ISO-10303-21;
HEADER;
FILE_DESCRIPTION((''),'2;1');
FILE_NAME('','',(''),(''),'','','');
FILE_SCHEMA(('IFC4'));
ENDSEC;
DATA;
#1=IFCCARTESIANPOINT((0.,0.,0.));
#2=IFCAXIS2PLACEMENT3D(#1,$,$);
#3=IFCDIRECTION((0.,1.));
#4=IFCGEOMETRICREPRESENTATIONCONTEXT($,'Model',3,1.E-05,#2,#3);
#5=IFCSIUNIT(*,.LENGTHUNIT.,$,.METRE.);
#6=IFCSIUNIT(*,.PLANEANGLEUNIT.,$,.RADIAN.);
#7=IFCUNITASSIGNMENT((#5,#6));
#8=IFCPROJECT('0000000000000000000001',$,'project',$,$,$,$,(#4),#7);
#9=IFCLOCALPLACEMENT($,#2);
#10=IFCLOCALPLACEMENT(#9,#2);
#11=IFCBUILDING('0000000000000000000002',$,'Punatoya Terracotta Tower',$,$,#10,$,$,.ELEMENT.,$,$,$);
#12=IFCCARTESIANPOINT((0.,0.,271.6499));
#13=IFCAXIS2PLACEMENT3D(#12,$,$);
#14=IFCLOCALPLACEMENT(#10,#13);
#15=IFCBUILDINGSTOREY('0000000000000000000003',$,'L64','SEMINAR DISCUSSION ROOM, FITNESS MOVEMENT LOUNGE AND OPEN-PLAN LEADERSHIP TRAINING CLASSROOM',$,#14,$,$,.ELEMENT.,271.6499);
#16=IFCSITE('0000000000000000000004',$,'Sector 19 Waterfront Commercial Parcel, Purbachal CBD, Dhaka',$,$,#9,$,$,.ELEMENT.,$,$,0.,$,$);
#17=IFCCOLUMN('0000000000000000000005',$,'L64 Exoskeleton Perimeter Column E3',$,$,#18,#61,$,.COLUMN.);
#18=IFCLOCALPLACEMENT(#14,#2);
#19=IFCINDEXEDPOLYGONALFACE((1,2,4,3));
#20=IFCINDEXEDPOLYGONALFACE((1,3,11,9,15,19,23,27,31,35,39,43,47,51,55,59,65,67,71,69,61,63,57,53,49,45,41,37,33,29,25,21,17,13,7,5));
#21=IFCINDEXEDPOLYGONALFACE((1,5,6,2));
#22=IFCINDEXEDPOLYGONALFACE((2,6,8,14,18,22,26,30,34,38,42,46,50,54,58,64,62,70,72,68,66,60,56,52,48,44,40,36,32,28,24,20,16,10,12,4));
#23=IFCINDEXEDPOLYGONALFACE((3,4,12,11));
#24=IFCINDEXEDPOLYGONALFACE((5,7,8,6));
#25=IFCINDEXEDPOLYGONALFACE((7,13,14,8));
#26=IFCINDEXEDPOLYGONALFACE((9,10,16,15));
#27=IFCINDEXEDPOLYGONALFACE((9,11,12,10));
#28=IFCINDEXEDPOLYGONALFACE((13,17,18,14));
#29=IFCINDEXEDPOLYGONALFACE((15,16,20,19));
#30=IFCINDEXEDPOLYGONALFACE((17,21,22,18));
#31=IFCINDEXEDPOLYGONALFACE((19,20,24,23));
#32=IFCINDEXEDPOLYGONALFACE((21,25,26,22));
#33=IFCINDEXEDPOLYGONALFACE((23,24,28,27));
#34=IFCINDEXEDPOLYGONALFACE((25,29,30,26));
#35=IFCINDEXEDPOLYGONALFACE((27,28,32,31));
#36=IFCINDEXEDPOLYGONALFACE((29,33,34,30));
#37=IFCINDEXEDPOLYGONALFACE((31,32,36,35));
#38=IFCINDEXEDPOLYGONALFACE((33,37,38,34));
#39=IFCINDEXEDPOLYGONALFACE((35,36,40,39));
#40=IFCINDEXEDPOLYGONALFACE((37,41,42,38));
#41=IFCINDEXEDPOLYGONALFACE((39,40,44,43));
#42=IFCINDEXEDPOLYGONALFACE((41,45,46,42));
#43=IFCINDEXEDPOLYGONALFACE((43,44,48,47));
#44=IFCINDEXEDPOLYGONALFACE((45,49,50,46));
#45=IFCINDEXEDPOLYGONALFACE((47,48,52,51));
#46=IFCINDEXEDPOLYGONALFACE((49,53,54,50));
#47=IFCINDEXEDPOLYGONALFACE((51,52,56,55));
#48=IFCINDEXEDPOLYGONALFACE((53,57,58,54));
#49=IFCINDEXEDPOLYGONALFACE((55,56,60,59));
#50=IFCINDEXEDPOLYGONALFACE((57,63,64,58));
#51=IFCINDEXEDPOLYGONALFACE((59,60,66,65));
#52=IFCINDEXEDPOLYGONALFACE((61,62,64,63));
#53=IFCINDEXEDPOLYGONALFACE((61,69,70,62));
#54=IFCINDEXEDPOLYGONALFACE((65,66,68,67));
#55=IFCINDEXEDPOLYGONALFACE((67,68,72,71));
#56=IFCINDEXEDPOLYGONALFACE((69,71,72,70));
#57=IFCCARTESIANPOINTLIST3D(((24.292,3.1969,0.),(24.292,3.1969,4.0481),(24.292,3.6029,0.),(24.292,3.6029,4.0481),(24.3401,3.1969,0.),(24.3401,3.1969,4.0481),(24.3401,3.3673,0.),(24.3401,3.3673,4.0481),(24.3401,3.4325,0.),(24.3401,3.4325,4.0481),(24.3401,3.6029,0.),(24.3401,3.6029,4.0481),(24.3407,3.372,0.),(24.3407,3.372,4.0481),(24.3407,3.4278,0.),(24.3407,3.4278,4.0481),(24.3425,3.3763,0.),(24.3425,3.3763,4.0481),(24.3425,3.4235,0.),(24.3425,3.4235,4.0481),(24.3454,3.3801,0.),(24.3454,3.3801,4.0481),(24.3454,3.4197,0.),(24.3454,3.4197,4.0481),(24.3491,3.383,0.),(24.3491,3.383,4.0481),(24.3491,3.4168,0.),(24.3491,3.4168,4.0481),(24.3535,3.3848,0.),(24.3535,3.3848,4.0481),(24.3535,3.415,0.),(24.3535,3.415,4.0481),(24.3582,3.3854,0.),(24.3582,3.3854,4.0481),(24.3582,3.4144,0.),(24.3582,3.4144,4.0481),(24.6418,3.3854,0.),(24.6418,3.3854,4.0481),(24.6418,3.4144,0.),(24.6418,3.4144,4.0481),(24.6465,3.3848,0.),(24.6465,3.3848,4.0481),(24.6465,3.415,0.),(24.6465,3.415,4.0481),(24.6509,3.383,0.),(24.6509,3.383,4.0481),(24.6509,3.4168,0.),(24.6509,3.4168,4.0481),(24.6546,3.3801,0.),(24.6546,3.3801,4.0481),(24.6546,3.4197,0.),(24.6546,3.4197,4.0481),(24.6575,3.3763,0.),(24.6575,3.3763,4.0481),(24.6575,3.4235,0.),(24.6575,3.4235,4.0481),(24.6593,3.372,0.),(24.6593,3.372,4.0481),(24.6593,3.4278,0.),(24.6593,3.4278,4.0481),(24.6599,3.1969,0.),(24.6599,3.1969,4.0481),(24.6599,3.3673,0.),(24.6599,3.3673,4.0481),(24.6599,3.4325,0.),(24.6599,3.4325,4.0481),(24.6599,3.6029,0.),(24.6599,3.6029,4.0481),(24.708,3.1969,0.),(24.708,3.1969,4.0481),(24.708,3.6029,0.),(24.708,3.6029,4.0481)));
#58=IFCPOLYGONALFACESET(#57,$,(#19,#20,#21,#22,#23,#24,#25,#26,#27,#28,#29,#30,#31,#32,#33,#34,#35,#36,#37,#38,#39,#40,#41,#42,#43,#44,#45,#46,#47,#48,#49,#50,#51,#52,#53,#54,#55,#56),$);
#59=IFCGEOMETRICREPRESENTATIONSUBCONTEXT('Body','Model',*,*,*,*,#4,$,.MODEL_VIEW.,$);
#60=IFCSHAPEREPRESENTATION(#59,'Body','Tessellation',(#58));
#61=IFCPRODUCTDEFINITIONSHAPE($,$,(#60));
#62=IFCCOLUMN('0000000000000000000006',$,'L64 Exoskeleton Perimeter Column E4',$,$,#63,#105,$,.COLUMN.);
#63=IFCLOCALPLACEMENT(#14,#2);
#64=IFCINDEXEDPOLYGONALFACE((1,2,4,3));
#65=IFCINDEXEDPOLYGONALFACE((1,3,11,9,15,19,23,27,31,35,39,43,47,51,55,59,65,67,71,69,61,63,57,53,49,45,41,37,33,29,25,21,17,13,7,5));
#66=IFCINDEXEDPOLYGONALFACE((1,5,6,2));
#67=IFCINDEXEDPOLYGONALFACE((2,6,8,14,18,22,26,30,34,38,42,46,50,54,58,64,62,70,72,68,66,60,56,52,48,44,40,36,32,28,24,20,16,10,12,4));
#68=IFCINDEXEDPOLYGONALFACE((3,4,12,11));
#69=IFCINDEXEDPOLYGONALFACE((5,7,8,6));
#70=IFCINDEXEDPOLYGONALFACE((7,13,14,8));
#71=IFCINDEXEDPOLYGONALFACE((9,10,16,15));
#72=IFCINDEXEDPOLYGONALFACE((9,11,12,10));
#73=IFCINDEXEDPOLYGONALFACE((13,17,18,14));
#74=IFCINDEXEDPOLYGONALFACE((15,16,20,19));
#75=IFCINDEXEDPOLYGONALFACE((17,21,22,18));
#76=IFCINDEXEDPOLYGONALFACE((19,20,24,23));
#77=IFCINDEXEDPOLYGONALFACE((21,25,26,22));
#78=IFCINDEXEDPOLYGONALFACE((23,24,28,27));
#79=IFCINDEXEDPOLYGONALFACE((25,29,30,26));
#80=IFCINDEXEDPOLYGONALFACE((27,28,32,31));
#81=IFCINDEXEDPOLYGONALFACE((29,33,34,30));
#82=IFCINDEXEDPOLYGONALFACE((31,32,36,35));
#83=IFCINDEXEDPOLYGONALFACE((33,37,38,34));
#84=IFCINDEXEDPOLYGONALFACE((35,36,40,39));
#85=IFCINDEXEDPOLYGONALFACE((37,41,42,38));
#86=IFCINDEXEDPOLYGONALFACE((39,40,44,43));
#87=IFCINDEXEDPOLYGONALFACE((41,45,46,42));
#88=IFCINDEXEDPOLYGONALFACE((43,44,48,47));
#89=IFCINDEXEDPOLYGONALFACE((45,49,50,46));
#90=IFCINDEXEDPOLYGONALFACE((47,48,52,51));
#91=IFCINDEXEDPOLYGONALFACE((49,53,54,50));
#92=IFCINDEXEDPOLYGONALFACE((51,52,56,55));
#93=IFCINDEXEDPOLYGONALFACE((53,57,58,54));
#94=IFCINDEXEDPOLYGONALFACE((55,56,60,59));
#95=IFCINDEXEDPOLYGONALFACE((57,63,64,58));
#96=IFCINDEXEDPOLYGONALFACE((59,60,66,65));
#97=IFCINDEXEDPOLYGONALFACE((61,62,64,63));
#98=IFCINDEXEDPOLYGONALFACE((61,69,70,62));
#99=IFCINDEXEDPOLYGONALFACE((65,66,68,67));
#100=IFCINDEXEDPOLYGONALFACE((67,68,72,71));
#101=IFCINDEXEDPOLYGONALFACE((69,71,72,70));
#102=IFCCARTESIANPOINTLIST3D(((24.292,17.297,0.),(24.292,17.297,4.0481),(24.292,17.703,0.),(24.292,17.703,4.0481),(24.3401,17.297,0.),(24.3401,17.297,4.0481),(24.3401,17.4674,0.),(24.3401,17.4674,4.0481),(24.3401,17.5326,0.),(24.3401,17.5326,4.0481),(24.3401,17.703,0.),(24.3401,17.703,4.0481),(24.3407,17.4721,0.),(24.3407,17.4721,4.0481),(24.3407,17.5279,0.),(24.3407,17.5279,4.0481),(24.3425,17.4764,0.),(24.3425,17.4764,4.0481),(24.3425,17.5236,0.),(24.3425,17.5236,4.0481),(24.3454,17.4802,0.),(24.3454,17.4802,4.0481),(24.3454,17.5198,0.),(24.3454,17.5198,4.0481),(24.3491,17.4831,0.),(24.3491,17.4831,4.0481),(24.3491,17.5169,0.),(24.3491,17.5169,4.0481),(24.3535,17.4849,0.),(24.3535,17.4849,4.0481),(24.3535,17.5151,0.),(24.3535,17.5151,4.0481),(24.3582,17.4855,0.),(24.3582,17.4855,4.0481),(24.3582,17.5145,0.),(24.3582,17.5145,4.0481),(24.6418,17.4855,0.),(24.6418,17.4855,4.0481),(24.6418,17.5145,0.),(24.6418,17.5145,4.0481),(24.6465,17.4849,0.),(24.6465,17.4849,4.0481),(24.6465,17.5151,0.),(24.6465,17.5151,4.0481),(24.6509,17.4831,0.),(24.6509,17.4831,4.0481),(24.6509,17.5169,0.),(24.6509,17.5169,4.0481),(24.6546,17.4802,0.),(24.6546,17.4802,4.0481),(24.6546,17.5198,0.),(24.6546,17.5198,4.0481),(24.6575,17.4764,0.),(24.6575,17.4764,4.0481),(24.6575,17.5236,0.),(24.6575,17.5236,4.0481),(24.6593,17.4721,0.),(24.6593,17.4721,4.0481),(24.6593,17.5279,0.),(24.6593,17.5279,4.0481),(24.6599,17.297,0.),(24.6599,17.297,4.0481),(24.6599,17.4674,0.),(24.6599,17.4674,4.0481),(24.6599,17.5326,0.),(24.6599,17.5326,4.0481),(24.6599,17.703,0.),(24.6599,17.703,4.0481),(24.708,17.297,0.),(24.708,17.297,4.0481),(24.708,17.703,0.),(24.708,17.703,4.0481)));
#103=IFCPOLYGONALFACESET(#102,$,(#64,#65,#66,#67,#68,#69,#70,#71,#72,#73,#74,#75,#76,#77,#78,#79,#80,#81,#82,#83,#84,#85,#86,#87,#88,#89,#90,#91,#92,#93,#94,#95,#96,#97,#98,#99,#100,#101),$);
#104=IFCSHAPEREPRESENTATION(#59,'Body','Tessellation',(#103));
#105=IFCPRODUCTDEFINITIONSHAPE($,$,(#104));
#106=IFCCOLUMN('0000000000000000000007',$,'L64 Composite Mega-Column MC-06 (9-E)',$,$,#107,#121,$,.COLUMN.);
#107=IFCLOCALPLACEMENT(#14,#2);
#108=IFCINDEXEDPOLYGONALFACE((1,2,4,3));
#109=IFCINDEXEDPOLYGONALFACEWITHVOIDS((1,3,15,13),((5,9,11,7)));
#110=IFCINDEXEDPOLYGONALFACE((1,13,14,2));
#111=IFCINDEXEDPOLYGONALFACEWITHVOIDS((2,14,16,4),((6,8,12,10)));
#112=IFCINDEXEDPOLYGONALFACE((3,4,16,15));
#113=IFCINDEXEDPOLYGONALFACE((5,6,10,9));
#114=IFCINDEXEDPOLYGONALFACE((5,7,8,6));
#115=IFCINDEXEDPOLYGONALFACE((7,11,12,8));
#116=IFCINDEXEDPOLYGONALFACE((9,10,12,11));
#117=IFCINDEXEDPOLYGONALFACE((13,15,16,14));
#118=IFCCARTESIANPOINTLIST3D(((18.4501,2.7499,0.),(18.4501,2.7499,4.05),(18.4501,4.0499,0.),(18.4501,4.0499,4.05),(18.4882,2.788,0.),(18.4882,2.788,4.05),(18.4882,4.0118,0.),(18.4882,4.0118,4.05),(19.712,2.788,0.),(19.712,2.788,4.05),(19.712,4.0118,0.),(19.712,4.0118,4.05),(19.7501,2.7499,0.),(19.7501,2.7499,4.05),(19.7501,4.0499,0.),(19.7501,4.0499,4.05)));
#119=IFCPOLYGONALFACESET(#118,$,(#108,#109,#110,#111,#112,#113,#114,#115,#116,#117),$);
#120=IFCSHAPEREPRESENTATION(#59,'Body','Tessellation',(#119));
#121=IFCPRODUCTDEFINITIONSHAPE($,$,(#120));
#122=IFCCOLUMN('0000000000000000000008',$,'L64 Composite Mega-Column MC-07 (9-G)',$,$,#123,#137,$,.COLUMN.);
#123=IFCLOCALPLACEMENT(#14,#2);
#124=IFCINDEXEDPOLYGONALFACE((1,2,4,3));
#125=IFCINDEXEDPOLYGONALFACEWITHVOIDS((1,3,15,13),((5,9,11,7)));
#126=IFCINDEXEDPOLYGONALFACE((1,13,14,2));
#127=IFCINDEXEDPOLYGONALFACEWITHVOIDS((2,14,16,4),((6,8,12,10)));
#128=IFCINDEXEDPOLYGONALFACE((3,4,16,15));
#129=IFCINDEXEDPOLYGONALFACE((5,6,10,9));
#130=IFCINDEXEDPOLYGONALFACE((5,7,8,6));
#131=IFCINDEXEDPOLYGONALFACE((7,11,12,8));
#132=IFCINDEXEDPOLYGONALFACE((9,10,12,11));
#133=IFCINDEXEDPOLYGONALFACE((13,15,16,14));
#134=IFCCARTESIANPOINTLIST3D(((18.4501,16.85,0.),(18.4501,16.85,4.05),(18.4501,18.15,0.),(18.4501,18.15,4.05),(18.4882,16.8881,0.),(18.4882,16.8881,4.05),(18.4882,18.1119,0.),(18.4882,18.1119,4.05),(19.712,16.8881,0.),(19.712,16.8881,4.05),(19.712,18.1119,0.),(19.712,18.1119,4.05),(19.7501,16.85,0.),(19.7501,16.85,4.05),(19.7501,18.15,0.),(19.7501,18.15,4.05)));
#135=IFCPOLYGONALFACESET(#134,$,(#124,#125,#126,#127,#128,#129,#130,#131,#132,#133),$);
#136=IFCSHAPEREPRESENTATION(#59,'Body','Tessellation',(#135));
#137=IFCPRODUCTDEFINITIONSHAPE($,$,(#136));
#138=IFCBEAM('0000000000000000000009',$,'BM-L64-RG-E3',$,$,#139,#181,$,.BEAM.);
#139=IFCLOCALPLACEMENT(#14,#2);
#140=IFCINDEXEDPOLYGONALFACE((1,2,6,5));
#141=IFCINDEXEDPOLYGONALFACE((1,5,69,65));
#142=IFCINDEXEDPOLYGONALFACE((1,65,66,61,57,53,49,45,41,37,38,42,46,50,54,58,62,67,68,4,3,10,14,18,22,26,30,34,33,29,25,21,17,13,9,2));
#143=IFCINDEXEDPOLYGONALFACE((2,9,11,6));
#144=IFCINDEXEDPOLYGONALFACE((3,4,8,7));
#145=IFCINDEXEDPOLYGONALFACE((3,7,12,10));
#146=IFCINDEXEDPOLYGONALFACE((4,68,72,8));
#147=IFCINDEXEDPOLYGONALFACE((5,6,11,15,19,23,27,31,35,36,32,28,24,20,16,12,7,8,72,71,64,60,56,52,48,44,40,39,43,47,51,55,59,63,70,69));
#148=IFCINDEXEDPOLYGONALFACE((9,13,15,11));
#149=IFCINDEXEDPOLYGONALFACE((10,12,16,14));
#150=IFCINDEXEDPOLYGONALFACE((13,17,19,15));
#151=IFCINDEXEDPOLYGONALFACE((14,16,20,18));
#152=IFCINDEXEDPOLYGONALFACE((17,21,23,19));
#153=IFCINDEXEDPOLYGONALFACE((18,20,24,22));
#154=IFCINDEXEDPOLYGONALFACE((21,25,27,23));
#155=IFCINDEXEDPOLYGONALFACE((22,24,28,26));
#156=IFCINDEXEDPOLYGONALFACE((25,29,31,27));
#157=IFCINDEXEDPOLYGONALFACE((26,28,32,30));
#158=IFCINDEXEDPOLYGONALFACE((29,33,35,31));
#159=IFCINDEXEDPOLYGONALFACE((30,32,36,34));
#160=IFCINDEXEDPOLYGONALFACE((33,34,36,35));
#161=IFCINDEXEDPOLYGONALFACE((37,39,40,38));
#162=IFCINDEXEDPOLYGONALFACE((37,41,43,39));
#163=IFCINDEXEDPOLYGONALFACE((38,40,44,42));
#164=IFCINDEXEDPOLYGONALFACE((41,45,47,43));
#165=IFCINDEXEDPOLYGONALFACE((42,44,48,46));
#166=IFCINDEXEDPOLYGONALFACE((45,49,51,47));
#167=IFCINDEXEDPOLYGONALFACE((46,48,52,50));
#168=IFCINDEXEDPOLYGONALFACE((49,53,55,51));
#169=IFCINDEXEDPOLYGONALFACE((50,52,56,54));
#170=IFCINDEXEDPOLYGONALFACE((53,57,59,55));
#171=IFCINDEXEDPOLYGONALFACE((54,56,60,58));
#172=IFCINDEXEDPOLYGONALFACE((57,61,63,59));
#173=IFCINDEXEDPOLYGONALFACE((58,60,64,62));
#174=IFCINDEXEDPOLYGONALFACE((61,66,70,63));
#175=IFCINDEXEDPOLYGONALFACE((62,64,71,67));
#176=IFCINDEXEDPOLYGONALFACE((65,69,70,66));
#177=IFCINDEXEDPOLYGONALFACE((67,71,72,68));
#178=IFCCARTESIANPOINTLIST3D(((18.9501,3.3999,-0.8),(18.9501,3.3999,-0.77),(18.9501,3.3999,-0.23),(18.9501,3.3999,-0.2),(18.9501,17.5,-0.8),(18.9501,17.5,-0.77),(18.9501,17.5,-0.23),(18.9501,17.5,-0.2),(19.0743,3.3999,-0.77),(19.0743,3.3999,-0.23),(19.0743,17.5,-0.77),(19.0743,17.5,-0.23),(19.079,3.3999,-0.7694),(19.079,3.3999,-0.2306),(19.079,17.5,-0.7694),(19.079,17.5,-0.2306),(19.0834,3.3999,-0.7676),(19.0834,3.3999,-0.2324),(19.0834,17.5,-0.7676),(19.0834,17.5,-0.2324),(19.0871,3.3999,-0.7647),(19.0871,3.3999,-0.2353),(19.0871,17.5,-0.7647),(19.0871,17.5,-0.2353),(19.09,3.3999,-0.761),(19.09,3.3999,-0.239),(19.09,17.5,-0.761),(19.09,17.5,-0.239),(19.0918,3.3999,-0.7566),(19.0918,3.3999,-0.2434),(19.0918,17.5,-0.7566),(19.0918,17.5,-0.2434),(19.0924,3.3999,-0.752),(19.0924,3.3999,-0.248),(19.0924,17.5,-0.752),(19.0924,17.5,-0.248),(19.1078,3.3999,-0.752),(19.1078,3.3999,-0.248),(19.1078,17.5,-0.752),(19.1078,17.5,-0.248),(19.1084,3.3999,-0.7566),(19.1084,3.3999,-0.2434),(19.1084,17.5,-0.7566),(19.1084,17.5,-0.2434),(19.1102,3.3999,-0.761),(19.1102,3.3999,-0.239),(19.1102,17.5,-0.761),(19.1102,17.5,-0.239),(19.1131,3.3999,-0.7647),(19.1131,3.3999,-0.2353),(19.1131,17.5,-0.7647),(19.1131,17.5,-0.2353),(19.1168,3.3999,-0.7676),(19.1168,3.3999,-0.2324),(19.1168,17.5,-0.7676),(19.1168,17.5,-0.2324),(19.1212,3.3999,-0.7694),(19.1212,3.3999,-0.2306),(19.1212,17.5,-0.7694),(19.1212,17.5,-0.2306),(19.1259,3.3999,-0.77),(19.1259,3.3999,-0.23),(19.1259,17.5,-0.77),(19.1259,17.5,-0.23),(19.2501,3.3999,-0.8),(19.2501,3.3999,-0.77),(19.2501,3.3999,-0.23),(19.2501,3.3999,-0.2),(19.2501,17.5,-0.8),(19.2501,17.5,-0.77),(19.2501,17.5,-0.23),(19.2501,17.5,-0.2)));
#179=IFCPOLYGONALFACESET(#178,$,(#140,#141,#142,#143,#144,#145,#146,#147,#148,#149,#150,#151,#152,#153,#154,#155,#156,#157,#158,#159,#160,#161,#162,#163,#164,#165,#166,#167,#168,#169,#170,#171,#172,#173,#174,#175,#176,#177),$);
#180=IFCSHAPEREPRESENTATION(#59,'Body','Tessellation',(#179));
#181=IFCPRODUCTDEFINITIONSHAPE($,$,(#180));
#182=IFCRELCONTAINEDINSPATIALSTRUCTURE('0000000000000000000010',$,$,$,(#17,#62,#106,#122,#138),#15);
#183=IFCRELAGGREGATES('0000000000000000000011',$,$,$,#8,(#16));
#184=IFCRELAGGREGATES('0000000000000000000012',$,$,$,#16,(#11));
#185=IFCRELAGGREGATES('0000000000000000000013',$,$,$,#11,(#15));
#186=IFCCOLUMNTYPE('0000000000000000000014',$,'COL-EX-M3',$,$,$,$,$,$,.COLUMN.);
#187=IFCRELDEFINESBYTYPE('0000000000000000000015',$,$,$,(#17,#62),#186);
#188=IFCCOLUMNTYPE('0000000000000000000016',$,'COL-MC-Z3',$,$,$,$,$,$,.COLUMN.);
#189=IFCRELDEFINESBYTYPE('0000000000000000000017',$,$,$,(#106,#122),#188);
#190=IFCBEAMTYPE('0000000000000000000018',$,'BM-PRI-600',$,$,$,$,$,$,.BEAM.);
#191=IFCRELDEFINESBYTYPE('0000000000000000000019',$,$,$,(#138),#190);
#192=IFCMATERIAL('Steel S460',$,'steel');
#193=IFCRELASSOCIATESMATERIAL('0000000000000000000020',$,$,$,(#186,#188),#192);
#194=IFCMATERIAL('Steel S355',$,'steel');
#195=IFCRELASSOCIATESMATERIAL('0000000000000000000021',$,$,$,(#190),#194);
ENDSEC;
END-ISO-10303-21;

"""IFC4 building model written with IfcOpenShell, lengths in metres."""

from ifc_helpers import new_model, si_unit, direction, frame, origin, origin_2d, place, context, subcontext, project, spatial, hollow_rectangle, i_section, extrude, material, material_profile, profile_set, type_object, element, save


model = new_model("IFC4")

# Units and contexts
model_context = context("Model", 3, precision=1e-05, world=origin(), true_north=direction((0.0, 1.0)))
body_context = subcontext(model_context, "Body", "Model", "MODEL_VIEW")
ifc_project = project(units=[si_unit("LENGTHUNIT", "METRE"), si_unit("PLANEANGLEUNIT", "RADIAN")], contexts=[model_context])

# Site, building, storey
site_placement = place(None, origin())
site = spatial("IfcSite", under=ifc_project, at=site_placement, Name="Sector 19 Waterfront Commercial Parcel, Purbachal CBD, Dhaka", CompositionType="ELEMENT", RefElevation=0.0)
building_placement = place(site_placement, origin())
building = spatial("IfcBuilding", under=site, at=building_placement, Name="Punatoya Terracotta Tower", CompositionType="ELEMENT")
storey_placement = place(building_placement, frame((0.0, 0.0, 271.6499)))
storey = spatial("IfcBuildingStorey", under=building, at=storey_placement, Name="L64", Description="SEMINAR DISCUSSION ROOM, FITNESS MOVEMENT LOUNGE AND OPEN-PLAN LEADERSHIP TRAINING CLASSROOM", CompositionType="ELEMENT", Elevation=271.6499)

# Columns
ifc_material_1 = material(Name="Steel S460", Category="steel")
ifc_material_profile_1 = material_profile(ifc_material_1, i_section(OverallWidth=0.406, OverallDepth=0.416, WebThickness=0.0291, FlangeThickness=0.0481, FilletRadius=0.0181, at=origin_2d()))
ifc_profile_set_1 = profile_set([ifc_material_profile_1], Name="Steel S460")
column_type_1 = type_object("IfcColumnType", Name="COL-EX-M3", PredefinedType="COLUMN", material=ifc_profile_set_1)
for number, where, z_axis, x_axis, name in (
    (1, (24.5, 3.3999, 0.0), (0.0, 0.0, 1.0), (0.0, 1.0, 0.0), "L64 Exoskeleton Perimeter Column E3"),
    (2, (24.5, 17.5, 0.0), (0.0, 0.0, 1.0), (0.0, 1.0, 0.0), "L64 Exoskeleton Perimeter Column E4"),
):
    element("IfcColumn", number, at=place(storey_placement, frame(where, z_axis=z_axis, x_axis=x_axis)), inside=storey, type_object=column_type_1, Name=name, PredefinedType="COLUMN", context=body_context, shape_type="SweptSolid", body=[
        extrude(i_section(OverallWidth=0.406, OverallDepth=0.416, WebThickness=0.0291, FlangeThickness=0.0481, FilletRadius=0.0181, at=origin_2d()), origin(), (0.0, 0.0, 1.0), 4.0481),
    ])
ifc_material_profile_2 = material_profile(ifc_material_1, hollow_rectangle(XDim=1.3, YDim=1.3, WallThickness=0.0381, at=origin_2d()))
ifc_profile_set_2 = profile_set([ifc_material_profile_2], Name="Steel S460")
column_type_2 = type_object("IfcColumnType", Name="COL-MC-Z3", PredefinedType="COLUMN", material=ifc_profile_set_2)
for number, where, z_axis, x_axis, name in (
    (3, (19.1001, 3.3999, 0.0), (0.0, 0.0, 1.0), (1.0, 0.0, 0.0), "L64 Composite Mega-Column MC-06 (9-E)"),
    (4, (19.1001, 17.5, 0.0), (0.0, 0.0, 1.0), (1.0, 0.0, 0.0), "L64 Composite Mega-Column MC-07 (9-G)"),
):
    element("IfcColumn", number, at=place(storey_placement, frame(where, z_axis=z_axis, x_axis=x_axis)), inside=storey, type_object=column_type_2, Name=name, PredefinedType="COLUMN", context=body_context, shape_type="SweptSolid", body=[
        extrude(hollow_rectangle(XDim=1.3, YDim=1.3, WallThickness=0.0381, at=origin_2d()), origin(), (0.0, 0.0, 1.0), 4.05),
    ])

# Beam
ifc_material_2 = material(Name="Steel S355", Category="steel")
ifc_material_profile_3 = material_profile(ifc_material_2, i_section(OverallWidth=0.3, OverallDepth=0.6001, WebThickness=0.0154, FlangeThickness=0.03, FilletRadius=0.0181, at=origin_2d()))
ifc_profile_set_3 = profile_set([ifc_material_profile_3], Name="Steel S355")
beam_type_1 = type_object("IfcBeamType", Name="BM-PRI-600", PredefinedType="BEAM", material=ifc_profile_set_3)
beam_1_placement = place(storey_placement, frame((19.1001, 3.3999, -0.5), z_axis=(0.0, 1.0, 0.0), x_axis=(-1.0, 0.0, 0.0)))
element("IfcBeam", 5, at=beam_1_placement, inside=storey, type_object=beam_type_1, Name="BM-L64-RG-E3", PredefinedType="BEAM", context=body_context, shape_type="SweptSolid", body=[
    extrude(i_section(OverallWidth=0.3, OverallDepth=0.6001, WebThickness=0.0154, FlangeThickness=0.03, FilletRadius=0.0181, at=origin_2d()), origin(), (0.0, 0.0, 1.0), 14.1001),
])

save(model, "model.ifc")
